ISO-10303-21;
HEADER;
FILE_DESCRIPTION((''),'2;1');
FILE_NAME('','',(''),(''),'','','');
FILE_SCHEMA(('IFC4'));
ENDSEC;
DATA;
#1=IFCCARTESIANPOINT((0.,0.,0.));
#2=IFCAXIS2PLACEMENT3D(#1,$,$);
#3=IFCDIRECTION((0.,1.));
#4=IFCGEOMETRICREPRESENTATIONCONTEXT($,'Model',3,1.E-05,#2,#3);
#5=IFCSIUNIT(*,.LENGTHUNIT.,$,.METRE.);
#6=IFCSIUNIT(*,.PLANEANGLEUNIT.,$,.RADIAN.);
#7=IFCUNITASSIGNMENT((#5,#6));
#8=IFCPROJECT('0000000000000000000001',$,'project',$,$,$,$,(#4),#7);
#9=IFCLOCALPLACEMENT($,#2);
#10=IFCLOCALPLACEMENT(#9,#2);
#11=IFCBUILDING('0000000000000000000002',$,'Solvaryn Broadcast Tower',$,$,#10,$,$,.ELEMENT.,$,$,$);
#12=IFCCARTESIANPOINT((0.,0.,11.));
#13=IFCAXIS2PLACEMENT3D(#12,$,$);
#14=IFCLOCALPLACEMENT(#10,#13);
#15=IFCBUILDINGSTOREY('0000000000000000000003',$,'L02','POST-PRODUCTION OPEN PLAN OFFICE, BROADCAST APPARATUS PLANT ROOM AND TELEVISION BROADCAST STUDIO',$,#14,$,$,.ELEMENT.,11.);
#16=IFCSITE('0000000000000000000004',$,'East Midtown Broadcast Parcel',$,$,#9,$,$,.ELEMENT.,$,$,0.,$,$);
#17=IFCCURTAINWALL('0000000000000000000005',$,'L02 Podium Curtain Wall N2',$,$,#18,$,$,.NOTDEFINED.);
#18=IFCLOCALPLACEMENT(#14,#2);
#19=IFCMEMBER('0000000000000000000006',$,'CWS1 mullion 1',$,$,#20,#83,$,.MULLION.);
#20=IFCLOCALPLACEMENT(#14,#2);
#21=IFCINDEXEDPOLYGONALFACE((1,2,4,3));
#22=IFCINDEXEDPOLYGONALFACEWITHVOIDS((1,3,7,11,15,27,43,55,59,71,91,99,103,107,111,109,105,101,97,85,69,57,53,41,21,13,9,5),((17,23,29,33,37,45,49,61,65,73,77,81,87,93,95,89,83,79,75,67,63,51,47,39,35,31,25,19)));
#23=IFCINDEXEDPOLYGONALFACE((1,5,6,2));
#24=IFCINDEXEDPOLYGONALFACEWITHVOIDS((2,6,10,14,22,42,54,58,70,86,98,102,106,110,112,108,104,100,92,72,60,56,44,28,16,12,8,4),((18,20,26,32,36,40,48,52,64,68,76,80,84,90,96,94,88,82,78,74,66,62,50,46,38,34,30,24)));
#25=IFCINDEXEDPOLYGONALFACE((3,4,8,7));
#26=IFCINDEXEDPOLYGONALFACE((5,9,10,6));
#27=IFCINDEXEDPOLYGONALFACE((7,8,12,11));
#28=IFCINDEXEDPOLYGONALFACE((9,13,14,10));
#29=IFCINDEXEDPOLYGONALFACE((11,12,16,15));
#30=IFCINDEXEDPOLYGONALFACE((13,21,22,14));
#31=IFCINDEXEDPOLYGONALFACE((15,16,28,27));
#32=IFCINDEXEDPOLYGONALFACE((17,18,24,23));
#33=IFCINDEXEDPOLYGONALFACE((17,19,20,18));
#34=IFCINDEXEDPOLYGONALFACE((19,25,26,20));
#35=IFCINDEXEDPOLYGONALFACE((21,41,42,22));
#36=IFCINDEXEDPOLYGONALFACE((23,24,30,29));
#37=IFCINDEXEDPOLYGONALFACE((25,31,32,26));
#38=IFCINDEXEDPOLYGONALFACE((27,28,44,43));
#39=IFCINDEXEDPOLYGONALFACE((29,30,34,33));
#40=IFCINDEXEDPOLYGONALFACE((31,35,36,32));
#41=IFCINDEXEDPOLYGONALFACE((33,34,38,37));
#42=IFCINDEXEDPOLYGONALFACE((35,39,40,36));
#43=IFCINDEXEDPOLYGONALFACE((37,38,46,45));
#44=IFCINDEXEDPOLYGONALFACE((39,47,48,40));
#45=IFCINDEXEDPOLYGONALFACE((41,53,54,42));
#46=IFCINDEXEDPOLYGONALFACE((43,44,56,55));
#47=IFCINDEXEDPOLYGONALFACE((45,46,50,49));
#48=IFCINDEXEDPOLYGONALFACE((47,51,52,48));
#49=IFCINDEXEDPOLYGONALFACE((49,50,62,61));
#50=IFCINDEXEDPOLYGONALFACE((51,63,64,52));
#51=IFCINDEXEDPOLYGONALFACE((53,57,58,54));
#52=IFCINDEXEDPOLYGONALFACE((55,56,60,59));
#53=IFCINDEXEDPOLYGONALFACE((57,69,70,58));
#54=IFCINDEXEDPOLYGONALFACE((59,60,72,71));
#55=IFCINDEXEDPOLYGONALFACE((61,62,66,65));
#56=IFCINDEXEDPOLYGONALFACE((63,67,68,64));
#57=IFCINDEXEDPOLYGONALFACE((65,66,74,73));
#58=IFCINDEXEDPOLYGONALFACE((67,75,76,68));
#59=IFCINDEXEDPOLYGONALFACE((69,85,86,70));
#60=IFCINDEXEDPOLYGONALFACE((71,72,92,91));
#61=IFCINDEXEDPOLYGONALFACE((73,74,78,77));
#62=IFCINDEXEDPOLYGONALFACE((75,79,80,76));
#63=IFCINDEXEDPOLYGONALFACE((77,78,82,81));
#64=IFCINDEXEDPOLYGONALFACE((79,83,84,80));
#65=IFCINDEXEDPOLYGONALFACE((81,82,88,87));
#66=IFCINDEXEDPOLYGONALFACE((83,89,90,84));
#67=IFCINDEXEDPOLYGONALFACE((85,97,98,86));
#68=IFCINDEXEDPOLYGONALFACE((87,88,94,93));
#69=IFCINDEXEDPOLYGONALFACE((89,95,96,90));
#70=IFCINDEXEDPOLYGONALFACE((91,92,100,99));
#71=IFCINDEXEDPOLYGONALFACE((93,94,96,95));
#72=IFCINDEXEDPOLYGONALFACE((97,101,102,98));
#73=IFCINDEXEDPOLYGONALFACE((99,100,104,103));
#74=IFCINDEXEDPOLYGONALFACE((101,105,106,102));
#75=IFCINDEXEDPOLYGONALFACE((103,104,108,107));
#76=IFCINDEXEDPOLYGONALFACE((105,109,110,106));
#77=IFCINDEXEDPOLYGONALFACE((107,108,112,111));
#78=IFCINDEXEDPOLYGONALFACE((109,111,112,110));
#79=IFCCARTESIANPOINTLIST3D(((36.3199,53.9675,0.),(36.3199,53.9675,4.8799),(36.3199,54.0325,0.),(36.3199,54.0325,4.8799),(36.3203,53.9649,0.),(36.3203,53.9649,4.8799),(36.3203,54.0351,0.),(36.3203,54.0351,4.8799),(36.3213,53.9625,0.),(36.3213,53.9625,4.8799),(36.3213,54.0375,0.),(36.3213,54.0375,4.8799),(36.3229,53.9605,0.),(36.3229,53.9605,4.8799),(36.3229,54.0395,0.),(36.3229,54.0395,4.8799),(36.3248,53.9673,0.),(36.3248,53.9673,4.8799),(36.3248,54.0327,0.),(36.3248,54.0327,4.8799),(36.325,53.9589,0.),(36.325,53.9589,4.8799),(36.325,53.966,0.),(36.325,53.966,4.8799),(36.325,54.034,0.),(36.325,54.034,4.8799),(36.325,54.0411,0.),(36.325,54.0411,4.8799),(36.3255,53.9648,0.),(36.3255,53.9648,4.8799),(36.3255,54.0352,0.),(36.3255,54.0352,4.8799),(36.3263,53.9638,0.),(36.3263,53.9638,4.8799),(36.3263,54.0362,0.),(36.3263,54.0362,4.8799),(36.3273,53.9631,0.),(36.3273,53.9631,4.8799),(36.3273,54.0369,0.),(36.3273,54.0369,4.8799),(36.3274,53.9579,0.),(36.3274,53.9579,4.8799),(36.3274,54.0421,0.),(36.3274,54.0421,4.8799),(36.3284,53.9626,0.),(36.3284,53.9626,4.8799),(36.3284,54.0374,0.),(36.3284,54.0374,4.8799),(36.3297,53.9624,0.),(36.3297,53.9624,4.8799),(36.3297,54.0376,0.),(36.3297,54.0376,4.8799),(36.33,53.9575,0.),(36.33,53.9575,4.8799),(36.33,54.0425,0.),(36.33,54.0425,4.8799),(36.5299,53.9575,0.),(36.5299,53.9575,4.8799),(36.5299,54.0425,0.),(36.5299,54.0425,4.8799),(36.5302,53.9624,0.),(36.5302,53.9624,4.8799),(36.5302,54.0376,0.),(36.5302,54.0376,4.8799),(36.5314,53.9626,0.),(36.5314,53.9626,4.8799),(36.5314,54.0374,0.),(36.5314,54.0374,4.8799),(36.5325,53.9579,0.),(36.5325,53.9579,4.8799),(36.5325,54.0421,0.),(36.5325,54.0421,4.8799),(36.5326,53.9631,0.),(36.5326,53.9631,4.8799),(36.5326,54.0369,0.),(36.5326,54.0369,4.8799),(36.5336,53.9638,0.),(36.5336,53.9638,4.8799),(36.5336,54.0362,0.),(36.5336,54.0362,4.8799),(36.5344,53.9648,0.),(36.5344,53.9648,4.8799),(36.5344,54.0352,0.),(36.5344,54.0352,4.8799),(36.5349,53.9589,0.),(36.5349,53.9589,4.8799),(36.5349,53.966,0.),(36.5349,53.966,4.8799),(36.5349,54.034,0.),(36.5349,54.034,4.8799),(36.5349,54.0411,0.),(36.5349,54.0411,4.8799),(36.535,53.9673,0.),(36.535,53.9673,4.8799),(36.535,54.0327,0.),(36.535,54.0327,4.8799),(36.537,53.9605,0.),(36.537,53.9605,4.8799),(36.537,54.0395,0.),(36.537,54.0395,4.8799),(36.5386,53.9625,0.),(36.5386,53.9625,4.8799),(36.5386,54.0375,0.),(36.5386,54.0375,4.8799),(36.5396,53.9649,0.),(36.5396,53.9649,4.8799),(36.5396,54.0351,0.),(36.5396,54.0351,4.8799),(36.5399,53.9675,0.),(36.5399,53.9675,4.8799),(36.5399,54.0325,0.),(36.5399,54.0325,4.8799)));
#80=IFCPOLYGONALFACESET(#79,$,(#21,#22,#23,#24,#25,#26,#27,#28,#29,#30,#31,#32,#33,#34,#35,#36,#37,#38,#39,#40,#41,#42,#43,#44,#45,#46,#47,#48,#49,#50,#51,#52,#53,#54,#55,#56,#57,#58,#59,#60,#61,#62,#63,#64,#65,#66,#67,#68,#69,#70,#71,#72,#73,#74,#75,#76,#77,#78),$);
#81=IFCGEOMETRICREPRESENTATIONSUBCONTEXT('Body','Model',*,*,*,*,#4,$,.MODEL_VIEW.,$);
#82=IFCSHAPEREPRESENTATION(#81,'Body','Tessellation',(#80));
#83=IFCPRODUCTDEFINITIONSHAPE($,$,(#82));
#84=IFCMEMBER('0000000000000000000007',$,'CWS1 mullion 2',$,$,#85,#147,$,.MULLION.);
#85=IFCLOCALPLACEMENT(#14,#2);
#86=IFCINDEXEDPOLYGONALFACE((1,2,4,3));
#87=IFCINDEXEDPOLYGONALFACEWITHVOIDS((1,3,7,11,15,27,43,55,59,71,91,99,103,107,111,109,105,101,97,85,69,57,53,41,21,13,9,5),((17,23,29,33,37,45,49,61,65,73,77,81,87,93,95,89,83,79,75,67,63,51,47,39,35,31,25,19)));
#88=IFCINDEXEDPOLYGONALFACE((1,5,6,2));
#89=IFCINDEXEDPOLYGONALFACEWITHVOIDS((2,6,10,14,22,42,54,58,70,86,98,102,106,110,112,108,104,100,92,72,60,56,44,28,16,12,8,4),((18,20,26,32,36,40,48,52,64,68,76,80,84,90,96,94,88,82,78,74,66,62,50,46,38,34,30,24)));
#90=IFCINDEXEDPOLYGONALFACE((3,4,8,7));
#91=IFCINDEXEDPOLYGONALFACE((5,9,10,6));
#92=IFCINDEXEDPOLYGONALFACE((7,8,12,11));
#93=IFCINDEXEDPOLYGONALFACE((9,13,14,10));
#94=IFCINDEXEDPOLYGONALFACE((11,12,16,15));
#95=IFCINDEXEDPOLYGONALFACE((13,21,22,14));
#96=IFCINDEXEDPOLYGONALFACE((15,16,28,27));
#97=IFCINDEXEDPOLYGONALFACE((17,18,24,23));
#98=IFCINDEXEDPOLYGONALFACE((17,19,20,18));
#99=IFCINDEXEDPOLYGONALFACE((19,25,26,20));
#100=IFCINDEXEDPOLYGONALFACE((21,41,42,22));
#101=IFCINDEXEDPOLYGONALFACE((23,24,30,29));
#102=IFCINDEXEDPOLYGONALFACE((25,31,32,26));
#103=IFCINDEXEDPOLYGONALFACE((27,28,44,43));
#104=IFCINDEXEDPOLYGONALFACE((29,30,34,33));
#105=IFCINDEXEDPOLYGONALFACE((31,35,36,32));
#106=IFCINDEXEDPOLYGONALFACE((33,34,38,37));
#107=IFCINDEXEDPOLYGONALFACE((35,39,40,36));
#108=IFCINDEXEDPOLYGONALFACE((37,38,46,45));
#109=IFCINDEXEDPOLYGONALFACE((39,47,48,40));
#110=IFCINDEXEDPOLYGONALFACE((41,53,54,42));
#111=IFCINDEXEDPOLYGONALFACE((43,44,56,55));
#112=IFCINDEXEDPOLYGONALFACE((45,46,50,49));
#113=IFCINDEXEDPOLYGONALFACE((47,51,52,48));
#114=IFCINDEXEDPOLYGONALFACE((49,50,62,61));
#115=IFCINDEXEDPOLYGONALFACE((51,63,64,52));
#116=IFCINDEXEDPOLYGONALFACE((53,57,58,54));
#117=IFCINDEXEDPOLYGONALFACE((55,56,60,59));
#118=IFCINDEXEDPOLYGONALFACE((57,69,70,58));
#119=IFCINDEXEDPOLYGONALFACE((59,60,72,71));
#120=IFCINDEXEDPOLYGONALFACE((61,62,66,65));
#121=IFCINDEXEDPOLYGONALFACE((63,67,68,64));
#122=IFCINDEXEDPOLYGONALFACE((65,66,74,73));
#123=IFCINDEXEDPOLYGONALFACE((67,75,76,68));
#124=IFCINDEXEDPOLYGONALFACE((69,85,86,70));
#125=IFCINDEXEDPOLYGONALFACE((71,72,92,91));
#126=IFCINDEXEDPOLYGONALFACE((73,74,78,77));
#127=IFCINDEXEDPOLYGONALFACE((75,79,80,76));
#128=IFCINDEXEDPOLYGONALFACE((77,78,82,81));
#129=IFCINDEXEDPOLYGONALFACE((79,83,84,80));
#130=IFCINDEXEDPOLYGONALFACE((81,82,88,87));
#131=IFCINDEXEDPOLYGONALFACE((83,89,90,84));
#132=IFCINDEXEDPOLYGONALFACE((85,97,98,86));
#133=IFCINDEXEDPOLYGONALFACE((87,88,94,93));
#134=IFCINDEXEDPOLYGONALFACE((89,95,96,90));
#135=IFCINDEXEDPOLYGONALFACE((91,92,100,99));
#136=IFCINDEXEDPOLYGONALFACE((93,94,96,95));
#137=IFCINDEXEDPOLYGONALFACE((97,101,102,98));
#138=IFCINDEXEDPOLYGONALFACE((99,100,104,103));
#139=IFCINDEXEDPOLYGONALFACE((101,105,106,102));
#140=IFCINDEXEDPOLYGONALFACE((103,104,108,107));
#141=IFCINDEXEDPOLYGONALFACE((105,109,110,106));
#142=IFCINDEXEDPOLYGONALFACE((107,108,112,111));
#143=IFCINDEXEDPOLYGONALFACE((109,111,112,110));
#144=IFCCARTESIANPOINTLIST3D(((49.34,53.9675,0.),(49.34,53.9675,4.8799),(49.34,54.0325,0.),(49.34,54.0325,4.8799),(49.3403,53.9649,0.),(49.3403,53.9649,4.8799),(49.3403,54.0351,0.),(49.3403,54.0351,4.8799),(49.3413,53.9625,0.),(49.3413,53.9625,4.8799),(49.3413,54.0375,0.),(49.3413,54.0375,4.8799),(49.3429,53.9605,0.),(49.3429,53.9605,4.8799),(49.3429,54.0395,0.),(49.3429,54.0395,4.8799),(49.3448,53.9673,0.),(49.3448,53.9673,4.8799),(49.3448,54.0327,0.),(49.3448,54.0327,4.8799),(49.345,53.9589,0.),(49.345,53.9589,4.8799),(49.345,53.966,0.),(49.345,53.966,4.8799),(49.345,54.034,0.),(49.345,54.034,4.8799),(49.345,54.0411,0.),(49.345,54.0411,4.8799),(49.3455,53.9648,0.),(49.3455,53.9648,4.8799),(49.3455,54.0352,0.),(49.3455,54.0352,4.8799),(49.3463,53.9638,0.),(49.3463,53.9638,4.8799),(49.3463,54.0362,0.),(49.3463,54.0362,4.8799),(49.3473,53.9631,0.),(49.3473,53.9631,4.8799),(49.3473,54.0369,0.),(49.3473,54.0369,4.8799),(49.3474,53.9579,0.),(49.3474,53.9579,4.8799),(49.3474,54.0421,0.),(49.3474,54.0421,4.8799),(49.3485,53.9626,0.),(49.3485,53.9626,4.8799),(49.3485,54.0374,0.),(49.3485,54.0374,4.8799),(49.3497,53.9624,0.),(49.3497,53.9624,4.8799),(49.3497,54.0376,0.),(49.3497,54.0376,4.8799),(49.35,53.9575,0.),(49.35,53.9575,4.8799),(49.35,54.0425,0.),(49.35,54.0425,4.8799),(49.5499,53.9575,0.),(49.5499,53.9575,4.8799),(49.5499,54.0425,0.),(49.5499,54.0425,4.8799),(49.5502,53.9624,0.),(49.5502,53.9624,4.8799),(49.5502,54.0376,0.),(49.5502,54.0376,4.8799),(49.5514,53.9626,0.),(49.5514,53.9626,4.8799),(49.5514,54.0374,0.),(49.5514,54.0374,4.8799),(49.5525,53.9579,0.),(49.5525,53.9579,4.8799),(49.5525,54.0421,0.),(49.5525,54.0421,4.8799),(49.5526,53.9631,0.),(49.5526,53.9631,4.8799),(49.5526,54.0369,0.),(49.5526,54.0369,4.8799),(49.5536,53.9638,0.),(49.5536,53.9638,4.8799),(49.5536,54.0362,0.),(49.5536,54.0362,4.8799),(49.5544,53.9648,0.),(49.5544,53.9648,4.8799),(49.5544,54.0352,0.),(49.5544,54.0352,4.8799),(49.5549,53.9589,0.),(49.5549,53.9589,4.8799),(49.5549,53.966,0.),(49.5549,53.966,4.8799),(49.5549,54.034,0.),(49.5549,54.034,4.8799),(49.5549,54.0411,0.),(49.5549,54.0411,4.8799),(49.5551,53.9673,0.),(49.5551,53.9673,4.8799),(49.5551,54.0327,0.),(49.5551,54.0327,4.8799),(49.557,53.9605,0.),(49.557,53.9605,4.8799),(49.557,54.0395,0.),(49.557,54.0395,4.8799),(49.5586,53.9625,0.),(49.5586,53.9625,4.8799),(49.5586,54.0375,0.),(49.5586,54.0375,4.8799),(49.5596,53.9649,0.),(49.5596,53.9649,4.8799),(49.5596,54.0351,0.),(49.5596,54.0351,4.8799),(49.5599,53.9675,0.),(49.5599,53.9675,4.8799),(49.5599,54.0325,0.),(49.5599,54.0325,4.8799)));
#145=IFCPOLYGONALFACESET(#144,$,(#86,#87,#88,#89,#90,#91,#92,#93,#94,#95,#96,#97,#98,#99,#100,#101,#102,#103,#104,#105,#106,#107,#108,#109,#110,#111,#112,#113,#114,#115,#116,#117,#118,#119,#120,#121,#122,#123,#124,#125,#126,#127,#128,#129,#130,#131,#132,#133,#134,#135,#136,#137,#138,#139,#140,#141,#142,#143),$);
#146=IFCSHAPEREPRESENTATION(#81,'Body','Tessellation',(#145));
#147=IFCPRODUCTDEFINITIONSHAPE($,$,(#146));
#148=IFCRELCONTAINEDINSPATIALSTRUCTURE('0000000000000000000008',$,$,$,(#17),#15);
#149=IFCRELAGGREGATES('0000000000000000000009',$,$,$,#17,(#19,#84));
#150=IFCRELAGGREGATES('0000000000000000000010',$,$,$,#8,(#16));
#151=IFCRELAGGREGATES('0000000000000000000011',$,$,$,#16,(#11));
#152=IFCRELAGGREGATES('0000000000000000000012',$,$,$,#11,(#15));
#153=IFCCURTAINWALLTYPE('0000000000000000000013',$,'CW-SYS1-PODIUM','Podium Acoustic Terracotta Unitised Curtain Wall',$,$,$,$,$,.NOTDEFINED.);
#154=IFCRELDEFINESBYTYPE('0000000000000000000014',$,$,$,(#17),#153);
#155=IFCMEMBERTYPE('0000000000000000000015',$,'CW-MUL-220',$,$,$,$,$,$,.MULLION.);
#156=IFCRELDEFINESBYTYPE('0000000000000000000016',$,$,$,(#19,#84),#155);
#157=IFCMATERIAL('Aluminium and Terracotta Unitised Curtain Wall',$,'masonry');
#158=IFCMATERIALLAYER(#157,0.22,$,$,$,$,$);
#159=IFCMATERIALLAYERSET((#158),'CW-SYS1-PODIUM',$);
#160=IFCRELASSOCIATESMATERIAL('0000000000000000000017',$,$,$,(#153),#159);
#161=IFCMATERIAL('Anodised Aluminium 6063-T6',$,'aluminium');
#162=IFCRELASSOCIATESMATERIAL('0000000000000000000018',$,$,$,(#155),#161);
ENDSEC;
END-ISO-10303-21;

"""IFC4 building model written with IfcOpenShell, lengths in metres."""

from ifc_helpers import new_model, si_unit, direction, frame, origin, origin_2d, place, context, subcontext, project, spatial, hollow_rectangle, extrude, material, layer, layer_set, material_profile, profile_set, type_object, element, aggregate, save


model = new_model("IFC4")

# Units and contexts
model_context = context("Model", 3, precision=1e-05, world=origin(), true_north=direction((0.0, 1.0)))
body_context = subcontext(model_context, "Body", "Model", "MODEL_VIEW")
ifc_project = project(units=[si_unit("LENGTHUNIT", "METRE"), si_unit("PLANEANGLEUNIT", "RADIAN")], contexts=[model_context])

# Site, building, storey
site_placement = place(None, origin())
site = spatial("IfcSite", under=ifc_project, at=site_placement, Name="East Midtown Broadcast Parcel", CompositionType="ELEMENT", RefElevation=0.0)
building_placement = place(site_placement, origin())
building = spatial("IfcBuilding", under=site, at=building_placement, Name="Solvaryn Broadcast Tower", CompositionType="ELEMENT")
storey_placement = place(building_placement, frame((0.0, 0.0, 11.0)))
storey = spatial("IfcBuildingStorey", under=building, at=storey_placement, Name="L02", Description="POST-PRODUCTION OPEN PLAN OFFICE, BROADCAST APPARATUS PLANT ROOM AND TELEVISION BROADCAST STUDIO", CompositionType="ELEMENT", Elevation=11.0)

# Shared definitions
ifc_material_1 = material(Name="Aluminium and Terracotta Unitised Curtain Wall", Category="masonry")
ifc_layer_1 = layer(ifc_material_1, 0.22)
ifc_layer_set_1 = layer_set([ifc_layer_1], Name="CW-SYS1-PODIUM")
curtain_wall_type = type_object("IfcCurtainWallType", Name="CW-SYS1-PODIUM", Description="Podium Acoustic Terracotta Unitised Curtain Wall", PredefinedType="NOTDEFINED", material=ifc_layer_set_1)
ifc_material_2 = material(Name="Anodised Aluminium 6063-T6", Category="aluminium")
ifc_material_profile_1 = material_profile(ifc_material_2, hollow_rectangle(XDim=0.085, YDim=0.22, WallThickness=0.0049, InnerFilletRadius=0.0049, OuterFilletRadius=0.01, at=origin_2d()))
ifc_profile_set_1 = profile_set([ifc_material_profile_1], Name="Anodised Aluminium 6063-T6")
member_type_1 = type_object("IfcMemberType", Name="CW-MUL-220", PredefinedType="MULLION", material=ifc_profile_set_1)

# Curtain wall, members
curtain_wall_1_placement = place(storey_placement, origin())
curtain_wall_1 = element("IfcCurtainWall", 1, at=curtain_wall_1_placement, inside=storey, type_object=curtain_wall_type, Name="L02 Podium Curtain Wall N2", PredefinedType="NOTDEFINED")
member_1_placement = place(storey_placement, frame((36.4299, 54.0, 0.0), z_axis=(0.0, 0.0, 1.0), x_axis=(0.0, 1.0, 0.0)))
member_1 = element("IfcMember", 2, at=member_1_placement, type_object=member_type_1, Name="CWS1 mullion 1", PredefinedType="MULLION", context=body_context, shape_type="SweptSolid", body=[
    extrude(hollow_rectangle(XDim=0.085, YDim=0.22, WallThickness=0.0049, InnerFilletRadius=0.0049, OuterFilletRadius=0.01, at=origin_2d()), origin(), (0.0, 0.0, 1.0), 4.8799),
])
member_2_placement = place(storey_placement, frame((49.45, 54.0, 0.0), z_axis=(0.0, 0.0, 1.0), x_axis=(0.0, 1.0, 0.0)))
member_2 = element("IfcMember", 3, at=member_2_placement, type_object=member_type_1, Name="CWS1 mullion 2", PredefinedType="MULLION", context=body_context, shape_type="SweptSolid", body=[
    extrude(hollow_rectangle(XDim=0.085, YDim=0.22, WallThickness=0.0049, InnerFilletRadius=0.0049, OuterFilletRadius=0.01, at=origin_2d()), origin(), (0.0, 0.0, 1.0), 4.8799),
])
aggregate(curtain_wall_1, [member_1, member_2])

save(model, "model.ifc")
